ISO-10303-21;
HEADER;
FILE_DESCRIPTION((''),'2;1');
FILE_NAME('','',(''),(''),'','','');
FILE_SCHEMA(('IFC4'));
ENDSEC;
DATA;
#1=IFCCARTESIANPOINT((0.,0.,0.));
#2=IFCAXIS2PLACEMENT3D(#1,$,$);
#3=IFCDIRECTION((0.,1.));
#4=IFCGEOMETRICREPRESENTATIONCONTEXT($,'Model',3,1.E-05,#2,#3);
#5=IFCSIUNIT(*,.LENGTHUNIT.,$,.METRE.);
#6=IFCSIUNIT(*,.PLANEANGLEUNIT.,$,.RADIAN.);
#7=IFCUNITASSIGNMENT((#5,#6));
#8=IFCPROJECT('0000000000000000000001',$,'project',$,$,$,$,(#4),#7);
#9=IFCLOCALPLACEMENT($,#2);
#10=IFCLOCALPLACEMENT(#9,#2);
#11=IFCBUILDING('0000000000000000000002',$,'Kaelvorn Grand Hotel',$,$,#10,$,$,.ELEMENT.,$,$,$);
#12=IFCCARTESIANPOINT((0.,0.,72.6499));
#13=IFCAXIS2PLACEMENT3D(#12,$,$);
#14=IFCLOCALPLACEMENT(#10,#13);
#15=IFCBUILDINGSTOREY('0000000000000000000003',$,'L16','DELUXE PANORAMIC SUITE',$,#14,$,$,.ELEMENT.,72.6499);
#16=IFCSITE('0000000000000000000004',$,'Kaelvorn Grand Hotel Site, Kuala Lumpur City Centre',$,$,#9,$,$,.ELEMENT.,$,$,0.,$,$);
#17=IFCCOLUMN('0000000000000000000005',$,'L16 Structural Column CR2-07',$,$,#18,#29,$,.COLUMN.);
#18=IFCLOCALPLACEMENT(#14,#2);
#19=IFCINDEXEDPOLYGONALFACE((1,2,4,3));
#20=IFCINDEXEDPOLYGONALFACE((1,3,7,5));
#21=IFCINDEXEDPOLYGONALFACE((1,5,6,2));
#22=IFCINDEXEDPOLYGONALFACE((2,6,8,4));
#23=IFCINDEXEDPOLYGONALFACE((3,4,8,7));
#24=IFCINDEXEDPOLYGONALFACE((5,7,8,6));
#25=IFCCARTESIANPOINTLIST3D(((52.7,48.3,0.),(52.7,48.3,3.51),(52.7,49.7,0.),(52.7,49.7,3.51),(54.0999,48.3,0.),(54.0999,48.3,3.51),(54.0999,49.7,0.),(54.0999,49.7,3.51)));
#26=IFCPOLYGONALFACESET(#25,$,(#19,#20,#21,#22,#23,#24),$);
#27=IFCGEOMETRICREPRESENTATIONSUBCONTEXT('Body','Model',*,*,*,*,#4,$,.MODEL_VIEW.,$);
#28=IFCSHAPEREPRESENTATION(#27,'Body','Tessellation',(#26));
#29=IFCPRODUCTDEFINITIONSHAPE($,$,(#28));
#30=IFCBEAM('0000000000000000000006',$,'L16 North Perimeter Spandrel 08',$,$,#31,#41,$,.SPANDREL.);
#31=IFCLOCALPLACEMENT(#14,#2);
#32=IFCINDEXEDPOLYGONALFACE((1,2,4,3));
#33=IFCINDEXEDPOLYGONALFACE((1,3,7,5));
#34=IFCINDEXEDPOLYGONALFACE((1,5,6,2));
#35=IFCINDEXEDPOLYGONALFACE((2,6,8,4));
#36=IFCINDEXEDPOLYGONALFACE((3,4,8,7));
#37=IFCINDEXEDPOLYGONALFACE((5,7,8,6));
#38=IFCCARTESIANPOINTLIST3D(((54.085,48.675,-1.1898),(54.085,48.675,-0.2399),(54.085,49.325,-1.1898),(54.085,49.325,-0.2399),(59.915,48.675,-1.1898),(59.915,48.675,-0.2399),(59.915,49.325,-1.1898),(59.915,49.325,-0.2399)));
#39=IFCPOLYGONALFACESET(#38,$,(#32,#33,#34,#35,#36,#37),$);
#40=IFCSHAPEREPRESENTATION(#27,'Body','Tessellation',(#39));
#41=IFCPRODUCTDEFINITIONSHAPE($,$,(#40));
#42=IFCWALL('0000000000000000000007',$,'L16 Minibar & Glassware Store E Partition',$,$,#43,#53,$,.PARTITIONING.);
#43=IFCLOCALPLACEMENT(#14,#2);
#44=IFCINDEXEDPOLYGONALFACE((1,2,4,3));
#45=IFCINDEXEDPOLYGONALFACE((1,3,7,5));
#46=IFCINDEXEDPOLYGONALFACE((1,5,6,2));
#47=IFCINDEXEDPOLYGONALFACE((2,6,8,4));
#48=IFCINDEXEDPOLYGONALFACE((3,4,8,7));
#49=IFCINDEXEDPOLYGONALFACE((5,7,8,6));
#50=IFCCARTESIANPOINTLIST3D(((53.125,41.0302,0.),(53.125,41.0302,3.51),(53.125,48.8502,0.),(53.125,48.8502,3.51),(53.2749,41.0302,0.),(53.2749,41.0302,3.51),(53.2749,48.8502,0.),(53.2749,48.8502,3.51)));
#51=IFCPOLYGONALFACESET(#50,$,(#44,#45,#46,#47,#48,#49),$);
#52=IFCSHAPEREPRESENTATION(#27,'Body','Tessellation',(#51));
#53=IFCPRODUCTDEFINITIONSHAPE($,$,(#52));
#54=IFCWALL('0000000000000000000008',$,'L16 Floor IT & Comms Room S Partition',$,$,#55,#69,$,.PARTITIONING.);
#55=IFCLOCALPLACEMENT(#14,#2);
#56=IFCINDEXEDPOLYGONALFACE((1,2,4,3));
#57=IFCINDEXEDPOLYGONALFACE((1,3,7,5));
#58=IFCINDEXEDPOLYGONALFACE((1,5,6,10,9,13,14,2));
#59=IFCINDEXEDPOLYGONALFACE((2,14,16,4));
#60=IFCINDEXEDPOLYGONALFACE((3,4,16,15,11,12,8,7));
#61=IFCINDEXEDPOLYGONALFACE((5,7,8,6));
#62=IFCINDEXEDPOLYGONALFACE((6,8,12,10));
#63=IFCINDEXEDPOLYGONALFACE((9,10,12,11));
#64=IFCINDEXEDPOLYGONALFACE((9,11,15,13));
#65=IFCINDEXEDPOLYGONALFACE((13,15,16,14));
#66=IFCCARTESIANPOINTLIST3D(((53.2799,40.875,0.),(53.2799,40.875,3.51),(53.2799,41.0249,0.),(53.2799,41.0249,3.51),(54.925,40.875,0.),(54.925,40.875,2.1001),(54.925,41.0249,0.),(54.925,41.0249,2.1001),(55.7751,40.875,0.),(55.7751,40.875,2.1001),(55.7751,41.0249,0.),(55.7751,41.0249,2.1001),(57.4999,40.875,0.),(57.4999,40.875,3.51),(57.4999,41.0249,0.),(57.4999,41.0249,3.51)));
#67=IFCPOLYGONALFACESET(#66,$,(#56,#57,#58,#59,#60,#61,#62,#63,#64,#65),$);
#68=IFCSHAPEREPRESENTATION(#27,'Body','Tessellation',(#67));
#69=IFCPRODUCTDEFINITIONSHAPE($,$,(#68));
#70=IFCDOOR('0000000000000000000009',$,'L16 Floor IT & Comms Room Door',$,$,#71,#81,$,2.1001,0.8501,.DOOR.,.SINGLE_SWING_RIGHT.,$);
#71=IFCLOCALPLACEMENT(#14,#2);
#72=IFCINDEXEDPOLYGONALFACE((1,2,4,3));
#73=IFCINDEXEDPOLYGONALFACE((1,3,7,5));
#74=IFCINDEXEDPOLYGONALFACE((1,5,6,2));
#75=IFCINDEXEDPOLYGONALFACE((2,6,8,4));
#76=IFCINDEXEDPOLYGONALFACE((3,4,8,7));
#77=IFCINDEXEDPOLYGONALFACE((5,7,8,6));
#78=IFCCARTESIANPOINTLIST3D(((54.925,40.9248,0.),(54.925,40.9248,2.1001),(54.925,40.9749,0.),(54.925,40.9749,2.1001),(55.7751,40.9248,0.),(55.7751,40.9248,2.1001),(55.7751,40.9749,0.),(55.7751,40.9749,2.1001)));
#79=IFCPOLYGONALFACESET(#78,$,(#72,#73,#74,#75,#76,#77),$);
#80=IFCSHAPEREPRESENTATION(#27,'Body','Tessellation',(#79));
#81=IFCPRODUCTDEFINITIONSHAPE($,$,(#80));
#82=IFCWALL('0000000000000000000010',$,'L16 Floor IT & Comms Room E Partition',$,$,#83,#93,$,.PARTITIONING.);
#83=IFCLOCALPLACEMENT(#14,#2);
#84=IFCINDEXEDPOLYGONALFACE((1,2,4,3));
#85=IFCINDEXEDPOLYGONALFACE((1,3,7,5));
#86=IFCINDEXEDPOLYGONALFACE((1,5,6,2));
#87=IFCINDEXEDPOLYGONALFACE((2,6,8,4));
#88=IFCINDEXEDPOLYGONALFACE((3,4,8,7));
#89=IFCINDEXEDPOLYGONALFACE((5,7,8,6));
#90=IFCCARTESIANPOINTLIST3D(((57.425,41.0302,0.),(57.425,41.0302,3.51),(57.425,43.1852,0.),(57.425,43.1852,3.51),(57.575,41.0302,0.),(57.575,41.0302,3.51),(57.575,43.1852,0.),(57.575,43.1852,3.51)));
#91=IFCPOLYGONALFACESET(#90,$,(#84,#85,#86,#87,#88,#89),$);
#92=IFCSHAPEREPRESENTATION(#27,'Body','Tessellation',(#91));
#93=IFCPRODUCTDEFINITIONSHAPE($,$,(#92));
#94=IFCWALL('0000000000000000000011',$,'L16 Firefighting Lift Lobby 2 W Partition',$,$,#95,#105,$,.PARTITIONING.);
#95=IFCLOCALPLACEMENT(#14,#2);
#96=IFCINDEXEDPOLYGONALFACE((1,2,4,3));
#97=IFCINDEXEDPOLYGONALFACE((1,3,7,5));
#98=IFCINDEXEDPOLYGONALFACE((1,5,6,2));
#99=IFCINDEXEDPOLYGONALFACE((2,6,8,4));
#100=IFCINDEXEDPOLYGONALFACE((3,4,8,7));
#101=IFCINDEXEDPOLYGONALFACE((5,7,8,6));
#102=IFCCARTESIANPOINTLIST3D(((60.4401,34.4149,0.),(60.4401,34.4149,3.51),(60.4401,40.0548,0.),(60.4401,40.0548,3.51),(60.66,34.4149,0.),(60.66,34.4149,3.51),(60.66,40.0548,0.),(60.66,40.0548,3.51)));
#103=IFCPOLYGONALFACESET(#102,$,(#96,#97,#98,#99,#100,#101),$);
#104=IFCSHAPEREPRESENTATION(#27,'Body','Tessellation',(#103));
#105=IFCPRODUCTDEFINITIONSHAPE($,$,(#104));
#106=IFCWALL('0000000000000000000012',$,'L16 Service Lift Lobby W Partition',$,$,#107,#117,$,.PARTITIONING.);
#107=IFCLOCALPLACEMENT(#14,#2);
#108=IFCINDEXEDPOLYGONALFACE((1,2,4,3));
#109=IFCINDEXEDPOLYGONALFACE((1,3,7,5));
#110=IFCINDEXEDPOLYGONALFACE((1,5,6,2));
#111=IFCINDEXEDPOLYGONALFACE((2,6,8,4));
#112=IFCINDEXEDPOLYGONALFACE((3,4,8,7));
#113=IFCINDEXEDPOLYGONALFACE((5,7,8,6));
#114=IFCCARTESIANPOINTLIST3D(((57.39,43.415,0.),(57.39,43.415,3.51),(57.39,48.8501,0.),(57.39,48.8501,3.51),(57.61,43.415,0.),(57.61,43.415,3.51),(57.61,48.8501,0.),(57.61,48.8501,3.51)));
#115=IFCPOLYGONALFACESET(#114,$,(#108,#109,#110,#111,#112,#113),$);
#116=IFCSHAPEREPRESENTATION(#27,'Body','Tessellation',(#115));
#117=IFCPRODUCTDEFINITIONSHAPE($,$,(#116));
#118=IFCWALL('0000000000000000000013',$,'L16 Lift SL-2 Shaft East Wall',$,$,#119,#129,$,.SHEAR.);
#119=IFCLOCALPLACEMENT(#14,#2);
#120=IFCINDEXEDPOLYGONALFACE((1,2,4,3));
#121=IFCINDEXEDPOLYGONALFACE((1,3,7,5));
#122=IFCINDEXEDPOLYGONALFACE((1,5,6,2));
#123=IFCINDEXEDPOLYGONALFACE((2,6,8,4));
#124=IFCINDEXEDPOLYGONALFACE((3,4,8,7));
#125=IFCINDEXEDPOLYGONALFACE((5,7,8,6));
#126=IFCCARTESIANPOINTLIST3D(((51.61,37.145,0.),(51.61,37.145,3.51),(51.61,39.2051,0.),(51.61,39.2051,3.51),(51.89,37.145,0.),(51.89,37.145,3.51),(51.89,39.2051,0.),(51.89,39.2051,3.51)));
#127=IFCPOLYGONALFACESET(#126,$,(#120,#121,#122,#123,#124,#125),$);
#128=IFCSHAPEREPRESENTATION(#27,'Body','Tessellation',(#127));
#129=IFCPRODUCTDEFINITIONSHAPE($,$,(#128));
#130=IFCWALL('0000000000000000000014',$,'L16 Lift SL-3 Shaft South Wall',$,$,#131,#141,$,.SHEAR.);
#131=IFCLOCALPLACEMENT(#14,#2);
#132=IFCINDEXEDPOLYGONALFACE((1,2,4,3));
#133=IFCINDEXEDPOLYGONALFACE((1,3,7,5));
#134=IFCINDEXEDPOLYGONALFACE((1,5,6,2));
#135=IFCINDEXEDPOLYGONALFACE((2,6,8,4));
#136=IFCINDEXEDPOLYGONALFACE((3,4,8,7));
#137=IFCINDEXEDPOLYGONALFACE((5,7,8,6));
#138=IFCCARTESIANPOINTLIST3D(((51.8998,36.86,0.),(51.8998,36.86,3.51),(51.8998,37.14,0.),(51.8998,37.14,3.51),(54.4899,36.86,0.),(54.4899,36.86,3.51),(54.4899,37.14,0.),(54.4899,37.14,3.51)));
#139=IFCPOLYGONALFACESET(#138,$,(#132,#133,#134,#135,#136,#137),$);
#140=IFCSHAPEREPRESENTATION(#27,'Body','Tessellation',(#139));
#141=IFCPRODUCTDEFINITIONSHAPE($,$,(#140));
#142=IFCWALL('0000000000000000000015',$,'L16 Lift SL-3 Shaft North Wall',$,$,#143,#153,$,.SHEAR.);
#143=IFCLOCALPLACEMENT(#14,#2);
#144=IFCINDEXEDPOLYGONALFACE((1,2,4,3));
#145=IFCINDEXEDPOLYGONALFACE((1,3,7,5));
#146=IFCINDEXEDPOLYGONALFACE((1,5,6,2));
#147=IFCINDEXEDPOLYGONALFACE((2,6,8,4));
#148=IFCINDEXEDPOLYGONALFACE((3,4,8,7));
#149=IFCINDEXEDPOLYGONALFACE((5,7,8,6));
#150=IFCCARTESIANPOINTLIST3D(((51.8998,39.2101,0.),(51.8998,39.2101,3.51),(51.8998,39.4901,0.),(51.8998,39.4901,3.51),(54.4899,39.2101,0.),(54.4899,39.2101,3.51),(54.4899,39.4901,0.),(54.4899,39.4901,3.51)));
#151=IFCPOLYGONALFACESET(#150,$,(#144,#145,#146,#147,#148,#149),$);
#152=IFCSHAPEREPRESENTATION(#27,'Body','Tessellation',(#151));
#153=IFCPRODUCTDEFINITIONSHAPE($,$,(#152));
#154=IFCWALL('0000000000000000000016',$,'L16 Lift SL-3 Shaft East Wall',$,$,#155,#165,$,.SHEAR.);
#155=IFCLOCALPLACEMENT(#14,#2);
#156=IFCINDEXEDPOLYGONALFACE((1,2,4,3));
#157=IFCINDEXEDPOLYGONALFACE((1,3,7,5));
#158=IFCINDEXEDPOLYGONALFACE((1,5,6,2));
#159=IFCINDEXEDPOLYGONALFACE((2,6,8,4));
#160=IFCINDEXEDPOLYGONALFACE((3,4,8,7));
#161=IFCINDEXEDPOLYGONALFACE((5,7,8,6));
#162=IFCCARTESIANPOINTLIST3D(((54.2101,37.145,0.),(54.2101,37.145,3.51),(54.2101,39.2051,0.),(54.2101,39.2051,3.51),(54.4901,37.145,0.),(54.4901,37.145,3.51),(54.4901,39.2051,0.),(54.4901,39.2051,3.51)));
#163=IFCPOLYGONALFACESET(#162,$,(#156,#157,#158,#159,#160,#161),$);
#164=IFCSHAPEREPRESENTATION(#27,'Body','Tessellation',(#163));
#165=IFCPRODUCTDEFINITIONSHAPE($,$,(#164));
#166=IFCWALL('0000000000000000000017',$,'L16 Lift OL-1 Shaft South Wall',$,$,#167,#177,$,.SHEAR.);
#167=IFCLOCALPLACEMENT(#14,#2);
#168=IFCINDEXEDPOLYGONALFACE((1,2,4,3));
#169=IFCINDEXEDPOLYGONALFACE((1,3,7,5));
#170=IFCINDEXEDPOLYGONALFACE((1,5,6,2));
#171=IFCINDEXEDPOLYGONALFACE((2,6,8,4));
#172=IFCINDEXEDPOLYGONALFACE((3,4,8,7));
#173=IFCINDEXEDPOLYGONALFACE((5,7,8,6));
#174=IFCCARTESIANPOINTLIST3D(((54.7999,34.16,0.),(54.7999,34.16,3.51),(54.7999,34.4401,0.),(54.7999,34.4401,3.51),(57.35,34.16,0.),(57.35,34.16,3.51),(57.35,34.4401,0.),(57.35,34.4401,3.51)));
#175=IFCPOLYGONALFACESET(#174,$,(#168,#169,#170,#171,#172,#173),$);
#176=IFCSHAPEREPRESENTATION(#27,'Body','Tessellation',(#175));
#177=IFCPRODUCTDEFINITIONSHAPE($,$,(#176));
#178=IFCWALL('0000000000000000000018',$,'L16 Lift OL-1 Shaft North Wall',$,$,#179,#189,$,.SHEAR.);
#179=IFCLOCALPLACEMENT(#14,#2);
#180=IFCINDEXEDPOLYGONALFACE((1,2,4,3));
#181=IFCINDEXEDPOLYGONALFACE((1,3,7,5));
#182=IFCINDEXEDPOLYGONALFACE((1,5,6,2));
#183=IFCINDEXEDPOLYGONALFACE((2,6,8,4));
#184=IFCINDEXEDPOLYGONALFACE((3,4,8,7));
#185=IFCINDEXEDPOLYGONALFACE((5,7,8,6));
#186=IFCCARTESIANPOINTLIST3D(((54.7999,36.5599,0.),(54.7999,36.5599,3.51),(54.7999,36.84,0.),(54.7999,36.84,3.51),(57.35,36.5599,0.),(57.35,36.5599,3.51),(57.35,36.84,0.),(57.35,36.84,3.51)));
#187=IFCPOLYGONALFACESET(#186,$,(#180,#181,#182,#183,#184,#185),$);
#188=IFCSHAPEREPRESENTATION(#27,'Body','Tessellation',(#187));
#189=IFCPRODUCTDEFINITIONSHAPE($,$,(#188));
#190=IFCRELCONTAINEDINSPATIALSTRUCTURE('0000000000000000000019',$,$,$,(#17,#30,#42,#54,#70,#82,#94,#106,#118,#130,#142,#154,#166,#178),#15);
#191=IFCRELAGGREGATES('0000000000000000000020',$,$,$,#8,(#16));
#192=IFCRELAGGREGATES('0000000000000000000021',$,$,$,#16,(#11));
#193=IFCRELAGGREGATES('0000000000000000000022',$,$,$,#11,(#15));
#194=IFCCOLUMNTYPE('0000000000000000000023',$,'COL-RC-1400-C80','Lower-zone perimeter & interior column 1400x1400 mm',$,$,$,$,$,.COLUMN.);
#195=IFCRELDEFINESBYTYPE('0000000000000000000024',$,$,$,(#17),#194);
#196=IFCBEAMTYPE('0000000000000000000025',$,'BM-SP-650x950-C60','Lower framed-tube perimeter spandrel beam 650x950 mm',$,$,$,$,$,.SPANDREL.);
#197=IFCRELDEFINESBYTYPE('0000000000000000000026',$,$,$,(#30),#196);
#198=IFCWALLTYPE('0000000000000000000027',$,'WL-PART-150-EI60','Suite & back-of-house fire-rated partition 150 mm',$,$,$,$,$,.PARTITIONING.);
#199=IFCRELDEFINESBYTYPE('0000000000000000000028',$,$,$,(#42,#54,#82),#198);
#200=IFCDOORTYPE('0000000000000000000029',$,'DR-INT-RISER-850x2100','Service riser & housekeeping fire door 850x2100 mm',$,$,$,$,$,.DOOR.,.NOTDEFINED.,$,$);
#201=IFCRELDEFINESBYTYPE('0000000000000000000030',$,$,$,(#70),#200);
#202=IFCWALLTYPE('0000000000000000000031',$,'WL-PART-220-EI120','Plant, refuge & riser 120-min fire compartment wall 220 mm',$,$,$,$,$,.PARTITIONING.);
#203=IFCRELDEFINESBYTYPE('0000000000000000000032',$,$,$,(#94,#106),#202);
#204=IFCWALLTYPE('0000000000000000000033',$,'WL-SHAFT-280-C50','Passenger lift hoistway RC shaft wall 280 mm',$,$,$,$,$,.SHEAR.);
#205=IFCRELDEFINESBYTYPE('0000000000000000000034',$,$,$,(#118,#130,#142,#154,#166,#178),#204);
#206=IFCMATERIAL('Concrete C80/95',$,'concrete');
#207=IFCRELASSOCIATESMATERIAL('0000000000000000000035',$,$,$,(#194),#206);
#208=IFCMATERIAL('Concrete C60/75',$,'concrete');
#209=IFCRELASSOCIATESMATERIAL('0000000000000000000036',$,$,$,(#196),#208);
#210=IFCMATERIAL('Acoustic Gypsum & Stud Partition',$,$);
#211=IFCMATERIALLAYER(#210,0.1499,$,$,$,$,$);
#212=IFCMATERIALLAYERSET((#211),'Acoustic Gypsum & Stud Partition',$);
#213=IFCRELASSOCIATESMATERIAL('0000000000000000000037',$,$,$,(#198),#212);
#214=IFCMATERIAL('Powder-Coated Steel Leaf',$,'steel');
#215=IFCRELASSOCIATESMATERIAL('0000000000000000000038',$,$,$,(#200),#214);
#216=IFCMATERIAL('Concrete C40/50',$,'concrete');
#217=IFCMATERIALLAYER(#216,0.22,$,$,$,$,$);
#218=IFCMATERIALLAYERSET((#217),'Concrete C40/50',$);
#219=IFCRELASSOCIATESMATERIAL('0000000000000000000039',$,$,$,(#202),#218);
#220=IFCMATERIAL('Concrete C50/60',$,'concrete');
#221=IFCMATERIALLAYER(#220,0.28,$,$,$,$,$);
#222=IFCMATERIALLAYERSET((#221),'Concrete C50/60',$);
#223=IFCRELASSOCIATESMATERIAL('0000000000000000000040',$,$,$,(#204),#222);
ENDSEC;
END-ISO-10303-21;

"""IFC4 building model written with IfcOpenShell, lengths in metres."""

from ifc_helpers import new_model, si_unit, direction, frame, frame_2d, origin, origin_2d, place, context, subcontext, project, spatial, rectangle, extrude, material, layer, layer_set, material_profile, profile_set, type_object, element, fill, save


model = new_model("IFC4")

# Units and contexts
model_context = context("Model", 3, precision=1e-05, world=origin(), true_north=direction((0.0, 1.0)))
body_context = subcontext(model_context, "Body", "Model", "MODEL_VIEW")
ifc_project = project(units=[si_unit("LENGTHUNIT", "METRE"), si_unit("PLANEANGLEUNIT", "RADIAN")], contexts=[model_context])

# Site, building, storey
site_placement = place(None, origin())
site = spatial("IfcSite", under=ifc_project, at=site_placement, Name="Kaelvorn Grand Hotel Site, Kuala Lumpur City Centre", CompositionType="ELEMENT", RefElevation=0.0)
building_placement = place(site_placement, origin())
building = spatial("IfcBuilding", under=site, at=building_placement, Name="Kaelvorn Grand Hotel", CompositionType="ELEMENT")
storey_placement = place(building_placement, frame((0.0, 0.0, 72.6499)))
storey = spatial("IfcBuildingStorey", under=building, at=storey_placement, Name="L16", Description="DELUXE PANORAMIC SUITE", CompositionType="ELEMENT", Elevation=72.6499)

# Column
ifc_material_1 = material(Name="Concrete C80/95", Category="concrete")
ifc_material_profile_1 = material_profile(ifc_material_1, rectangle(XDim=1.3999, YDim=1.3999, at=origin_2d()), Name="RC COL 1400x1400")
ifc_profile_set_1 = profile_set([ifc_material_profile_1], Name="Concrete C80/95")
column_type = type_object("IfcColumnType", Name="COL-RC-1400-C80", Description="Lower-zone perimeter & interior column 1400x1400 mm", PredefinedType="COLUMN", material=ifc_profile_set_1)
column_placement = place(storey_placement, frame((53.3999, 49.0, 0.0), z_axis=(0.0, 0.0, 1.0), x_axis=(1.0, 0.0, 0.0)))
element("IfcColumn", 1, at=column_placement, inside=storey, type_object=column_type, Name="L16 Structural Column CR2-07", PredefinedType="COLUMN", context=body_context, shape_type="SweptSolid", body=[
    extrude(rectangle(XDim=1.3999, YDim=1.3999, at=origin_2d()), origin(), (0.0, 0.0, 1.0), 3.51),
])

# Beam
ifc_material_2 = material(Name="Concrete C60/75", Category="concrete")
ifc_material_profile_2 = material_profile(ifc_material_2, rectangle(XDim=0.6499, YDim=0.95, at=origin_2d()), Name="RC SPANDREL 650x950")
ifc_profile_set_2 = profile_set([ifc_material_profile_2], Name="Concrete C60/75")
beam_type = type_object("IfcBeamType", Name="BM-SP-650x950-C60", Description="Lower framed-tube perimeter spandrel beam 650x950 mm", PredefinedType="SPANDREL", material=ifc_profile_set_2)
beam_placement = place(storey_placement, frame((54.085, 49.0, -0.7148), z_axis=(1.0, 0.0, 0.0), x_axis=(0.0, 1.0, 0.0)))
element("IfcBeam", 2, at=beam_placement, inside=storey, type_object=beam_type, Name="L16 North Perimeter Spandrel 08", PredefinedType="SPANDREL", context=body_context, shape_type="SweptSolid", body=[
    extrude(rectangle(XDim=0.6499, YDim=0.95, at=origin_2d()), origin(), (0.0, 0.0, 1.0), 5.8301),
])

# Wall
ifc_material_3 = material(Name="Acoustic Gypsum & Stud Partition")
ifc_layer_1 = layer(ifc_material_3, 0.1499)
ifc_layer_set_1 = layer_set([ifc_layer_1], Name="Acoustic Gypsum & Stud Partition")
wall_type_1 = type_object("IfcWallType", Name="WL-PART-150-EI60", Description="Suite & back-of-house fire-rated partition 150 mm", PredefinedType="PARTITIONING", material=ifc_layer_set_1)
wall_1_placement = place(storey_placement, frame((53.2, 41.03, 0.0), z_axis=(0.0, 0.0, 1.0), x_axis=(0.0, 1.0, 0.0)))
element("IfcWall", 3, at=wall_1_placement, inside=storey, type_object=wall_type_1, Name="L16 Minibar & Glassware Store E Partition", PredefinedType="PARTITIONING", context=body_context, shape_type="SweptSolid", body=[
    extrude(rectangle(XDim=7.8201, YDim=0.1499, at=frame_2d((3.9102, 0.0))), origin(), (0.0, 0.0, 1.0), 3.51),
])

# Wall, opening, door
wall_2_placement = place(storey_placement, frame((53.28, 40.95, 0.0), z_axis=(0.0, 0.0, 1.0), x_axis=(1.0, 0.0, 0.0)))
wall_2 = element("IfcWall", 4, at=wall_2_placement, inside=storey, type_object=wall_type_1, Name="L16 Floor IT & Comms Room S Partition", PredefinedType="PARTITIONING", context=body_context, shape_type="SweptSolid", body=[
    extrude(rectangle(XDim=4.22, YDim=0.1499, at=frame_2d((2.1099, 0.0))), origin(), (0.0, 0.0, 1.0), 3.51),
])
opening_1_placement = place(wall_2_placement, frame((1.645, 0.0, 0.0)))
opening_1 = element("IfcOpeningElement", 5, at=opening_1_placement, cuts=wall_2, PredefinedType="OPENING", context=body_context, shape_type="SweptSolid", body=[
    extrude(rectangle(XDim=0.8501, YDim=2.1001, at=frame_2d((0.425, 1.05))), frame((0.0, 0.085, 0.0), z_axis=(0.0, -1.0, 0.0), x_axis=(1.0, 0.0, 0.0)), (0.0, 0.0, 1.0), 0.1699),
])
ifc_material_4 = material(Name="Powder-Coated Steel Leaf", Category="steel")
door_type_1 = type_object("IfcDoorType", Name="DR-INT-RISER-850x2100", Description="Service riser & housekeeping fire door 850x2100 mm", OperationType="NOTDEFINED", PredefinedType="DOOR", material=ifc_material_4)
door_1_placement = place(opening_1_placement, origin())
door_1 = element("IfcDoor", 6, at=door_1_placement, inside=storey, type_object=door_type_1, Name="L16 Floor IT & Comms Room Door", OperationType="SINGLE_SWING_RIGHT", OverallHeight=2.1001, OverallWidth=0.8501, PredefinedType="DOOR", context=body_context, shape_type="SweptSolid", body=[
    extrude(rectangle(XDim=0.8501, YDim=2.1001, at=frame_2d((0.425, 1.05))), frame((0.0, 0.0249, 0.0), z_axis=(0.0, -1.0, 0.0), x_axis=(1.0, 0.0, 0.0)), (0.0, 0.0, 1.0), 0.05),
])
fill(opening_1, door_1)

# Wall
wall_3_placement = place(storey_placement, frame((57.5, 41.03, 0.0), z_axis=(0.0, 0.0, 1.0), x_axis=(0.0, 1.0, 0.0)))
element("IfcWall", 7, at=wall_3_placement, inside=storey, type_object=wall_type_1, Name="L16 Floor IT & Comms Room E Partition", PredefinedType="PARTITIONING", context=body_context, shape_type="SweptSolid", body=[
    extrude(rectangle(XDim=2.155, YDim=0.1499, at=frame_2d((1.0776, 0.0))), origin(), (0.0, 0.0, 1.0), 3.51),
])

# Shared definitions
ifc_material_5 = material(Name="Concrete C40/50", Category="concrete")
ifc_layer_2 = layer(ifc_material_5, 0.22)
ifc_layer_set_2 = layer_set([ifc_layer_2], Name="Concrete C40/50")
wall_type_2 = type_object("IfcWallType", Name="WL-PART-220-EI120", Description="Plant, refuge & riser 120-min fire compartment wall 220 mm", PredefinedType="PARTITIONING", material=ifc_layer_set_2)

# Wall
wall_4_placement = place(storey_placement, frame((60.55, 34.415, 0.0), z_axis=(0.0, 0.0, 1.0), x_axis=(0.0, 1.0, 0.0)))
element("IfcWall", 8, at=wall_4_placement, inside=storey, type_object=wall_type_2, Name="L16 Firefighting Lift Lobby 2 W Partition", PredefinedType="PARTITIONING", context=body_context, shape_type="SweptSolid", body=[
    extrude(rectangle(XDim=5.6399, YDim=0.22, at=frame_2d((2.8198, 0.0))), origin(), (0.0, 0.0, 1.0), 3.51),
])

# Walls
wall_5_placement = place(storey_placement, frame((57.5, 43.415, 0.0), z_axis=(0.0, 0.0, 1.0), x_axis=(0.0, 1.0, 0.0)))
element("IfcWall", 9, at=wall_5_placement, inside=storey, type_object=wall_type_2, Name="L16 Service Lift Lobby W Partition", PredefinedType="PARTITIONING", context=body_context, shape_type="SweptSolid", body=[
    extrude(rectangle(XDim=5.4351, YDim=0.22, at=frame_2d((2.7175, 0.0))), origin(), (0.0, 0.0, 1.0), 3.51),
])
ifc_material_6 = material(Name="Concrete C50/60", Category="concrete")
ifc_layer_3 = layer(ifc_material_6, 0.28)
ifc_layer_set_3 = layer_set([ifc_layer_3], Name="Concrete C50/60")
wall_type_3 = type_object("IfcWallType", Name="WL-SHAFT-280-C50", Description="Passenger lift hoistway RC shaft wall 280 mm", PredefinedType="SHEAR", material=ifc_layer_set_3)
wall_6_placement = place(storey_placement, frame((51.75, 37.145, 0.0), z_axis=(0.0, 0.0, 1.0), x_axis=(0.0, 1.0, 0.0)))
element("IfcWall", 10, at=wall_6_placement, inside=storey, type_object=wall_type_3, Name="L16 Lift SL-2 Shaft East Wall", PredefinedType="SHEAR", context=body_context, shape_type="SweptSolid", body=[
    extrude(rectangle(XDim=2.0601, YDim=0.28, at=frame_2d((1.03, 0.0))), origin(), (0.0, 0.0, 1.0), 3.51),
])
for number, where, z_axis, x_axis, name in (
    (11, (51.8999, 37.0, 0.0), (0.0, 0.0, 1.0), (1.0, 0.0, 0.0), "L16 Lift SL-3 Shaft South Wall"),
    (12, (51.8999, 39.3501, 0.0), (0.0, 0.0, 1.0), (1.0, 0.0, 0.0), "L16 Lift SL-3 Shaft North Wall"),
):
    element("IfcWall", number, at=place(storey_placement, frame(where, z_axis=z_axis, x_axis=x_axis)), inside=storey, type_object=wall_type_3, Name=name, PredefinedType="SHEAR", context=body_context, shape_type="SweptSolid", body=[
        extrude(rectangle(XDim=2.5901, YDim=0.28, at=frame_2d((1.2949, 0.0))), origin(), (0.0, 0.0, 1.0), 3.51),
    ])
wall_7_placement = place(storey_placement, frame((54.3501, 37.145, 0.0), z_axis=(0.0, 0.0, 1.0), x_axis=(0.0, 1.0, 0.0)))
element("IfcWall", 13, at=wall_7_placement, inside=storey, type_object=wall_type_3, Name="L16 Lift SL-3 Shaft East Wall", PredefinedType="SHEAR", context=body_context, shape_type="SweptSolid", body=[
    extrude(rectangle(XDim=2.0601, YDim=0.28, at=frame_2d((1.03, 0.0))), origin(), (0.0, 0.0, 1.0), 3.51),
])
for number, where, z_axis, x_axis, name in (
    (14, (54.8, 34.3, 0.0), (0.0, 0.0, 1.0), (1.0, 0.0, 0.0), "L16 Lift OL-1 Shaft South Wall"),
    (15, (54.8, 36.7, 0.0), (0.0, 0.0, 1.0), (1.0, 0.0, 0.0), "L16 Lift OL-1 Shaft North Wall"),
):
    element("IfcWall", number, at=place(storey_placement, frame(where, z_axis=z_axis, x_axis=x_axis)), inside=storey, type_object=wall_type_3, Name=name, PredefinedType="SHEAR", context=body_context, shape_type="SweptSolid", body=[
        extrude(rectangle(XDim=2.55, YDim=0.28, at=frame_2d((1.2749, 0.0))), origin(), (0.0, 0.0, 1.0), 3.51),
    ])

save(model, "model.ifc")
